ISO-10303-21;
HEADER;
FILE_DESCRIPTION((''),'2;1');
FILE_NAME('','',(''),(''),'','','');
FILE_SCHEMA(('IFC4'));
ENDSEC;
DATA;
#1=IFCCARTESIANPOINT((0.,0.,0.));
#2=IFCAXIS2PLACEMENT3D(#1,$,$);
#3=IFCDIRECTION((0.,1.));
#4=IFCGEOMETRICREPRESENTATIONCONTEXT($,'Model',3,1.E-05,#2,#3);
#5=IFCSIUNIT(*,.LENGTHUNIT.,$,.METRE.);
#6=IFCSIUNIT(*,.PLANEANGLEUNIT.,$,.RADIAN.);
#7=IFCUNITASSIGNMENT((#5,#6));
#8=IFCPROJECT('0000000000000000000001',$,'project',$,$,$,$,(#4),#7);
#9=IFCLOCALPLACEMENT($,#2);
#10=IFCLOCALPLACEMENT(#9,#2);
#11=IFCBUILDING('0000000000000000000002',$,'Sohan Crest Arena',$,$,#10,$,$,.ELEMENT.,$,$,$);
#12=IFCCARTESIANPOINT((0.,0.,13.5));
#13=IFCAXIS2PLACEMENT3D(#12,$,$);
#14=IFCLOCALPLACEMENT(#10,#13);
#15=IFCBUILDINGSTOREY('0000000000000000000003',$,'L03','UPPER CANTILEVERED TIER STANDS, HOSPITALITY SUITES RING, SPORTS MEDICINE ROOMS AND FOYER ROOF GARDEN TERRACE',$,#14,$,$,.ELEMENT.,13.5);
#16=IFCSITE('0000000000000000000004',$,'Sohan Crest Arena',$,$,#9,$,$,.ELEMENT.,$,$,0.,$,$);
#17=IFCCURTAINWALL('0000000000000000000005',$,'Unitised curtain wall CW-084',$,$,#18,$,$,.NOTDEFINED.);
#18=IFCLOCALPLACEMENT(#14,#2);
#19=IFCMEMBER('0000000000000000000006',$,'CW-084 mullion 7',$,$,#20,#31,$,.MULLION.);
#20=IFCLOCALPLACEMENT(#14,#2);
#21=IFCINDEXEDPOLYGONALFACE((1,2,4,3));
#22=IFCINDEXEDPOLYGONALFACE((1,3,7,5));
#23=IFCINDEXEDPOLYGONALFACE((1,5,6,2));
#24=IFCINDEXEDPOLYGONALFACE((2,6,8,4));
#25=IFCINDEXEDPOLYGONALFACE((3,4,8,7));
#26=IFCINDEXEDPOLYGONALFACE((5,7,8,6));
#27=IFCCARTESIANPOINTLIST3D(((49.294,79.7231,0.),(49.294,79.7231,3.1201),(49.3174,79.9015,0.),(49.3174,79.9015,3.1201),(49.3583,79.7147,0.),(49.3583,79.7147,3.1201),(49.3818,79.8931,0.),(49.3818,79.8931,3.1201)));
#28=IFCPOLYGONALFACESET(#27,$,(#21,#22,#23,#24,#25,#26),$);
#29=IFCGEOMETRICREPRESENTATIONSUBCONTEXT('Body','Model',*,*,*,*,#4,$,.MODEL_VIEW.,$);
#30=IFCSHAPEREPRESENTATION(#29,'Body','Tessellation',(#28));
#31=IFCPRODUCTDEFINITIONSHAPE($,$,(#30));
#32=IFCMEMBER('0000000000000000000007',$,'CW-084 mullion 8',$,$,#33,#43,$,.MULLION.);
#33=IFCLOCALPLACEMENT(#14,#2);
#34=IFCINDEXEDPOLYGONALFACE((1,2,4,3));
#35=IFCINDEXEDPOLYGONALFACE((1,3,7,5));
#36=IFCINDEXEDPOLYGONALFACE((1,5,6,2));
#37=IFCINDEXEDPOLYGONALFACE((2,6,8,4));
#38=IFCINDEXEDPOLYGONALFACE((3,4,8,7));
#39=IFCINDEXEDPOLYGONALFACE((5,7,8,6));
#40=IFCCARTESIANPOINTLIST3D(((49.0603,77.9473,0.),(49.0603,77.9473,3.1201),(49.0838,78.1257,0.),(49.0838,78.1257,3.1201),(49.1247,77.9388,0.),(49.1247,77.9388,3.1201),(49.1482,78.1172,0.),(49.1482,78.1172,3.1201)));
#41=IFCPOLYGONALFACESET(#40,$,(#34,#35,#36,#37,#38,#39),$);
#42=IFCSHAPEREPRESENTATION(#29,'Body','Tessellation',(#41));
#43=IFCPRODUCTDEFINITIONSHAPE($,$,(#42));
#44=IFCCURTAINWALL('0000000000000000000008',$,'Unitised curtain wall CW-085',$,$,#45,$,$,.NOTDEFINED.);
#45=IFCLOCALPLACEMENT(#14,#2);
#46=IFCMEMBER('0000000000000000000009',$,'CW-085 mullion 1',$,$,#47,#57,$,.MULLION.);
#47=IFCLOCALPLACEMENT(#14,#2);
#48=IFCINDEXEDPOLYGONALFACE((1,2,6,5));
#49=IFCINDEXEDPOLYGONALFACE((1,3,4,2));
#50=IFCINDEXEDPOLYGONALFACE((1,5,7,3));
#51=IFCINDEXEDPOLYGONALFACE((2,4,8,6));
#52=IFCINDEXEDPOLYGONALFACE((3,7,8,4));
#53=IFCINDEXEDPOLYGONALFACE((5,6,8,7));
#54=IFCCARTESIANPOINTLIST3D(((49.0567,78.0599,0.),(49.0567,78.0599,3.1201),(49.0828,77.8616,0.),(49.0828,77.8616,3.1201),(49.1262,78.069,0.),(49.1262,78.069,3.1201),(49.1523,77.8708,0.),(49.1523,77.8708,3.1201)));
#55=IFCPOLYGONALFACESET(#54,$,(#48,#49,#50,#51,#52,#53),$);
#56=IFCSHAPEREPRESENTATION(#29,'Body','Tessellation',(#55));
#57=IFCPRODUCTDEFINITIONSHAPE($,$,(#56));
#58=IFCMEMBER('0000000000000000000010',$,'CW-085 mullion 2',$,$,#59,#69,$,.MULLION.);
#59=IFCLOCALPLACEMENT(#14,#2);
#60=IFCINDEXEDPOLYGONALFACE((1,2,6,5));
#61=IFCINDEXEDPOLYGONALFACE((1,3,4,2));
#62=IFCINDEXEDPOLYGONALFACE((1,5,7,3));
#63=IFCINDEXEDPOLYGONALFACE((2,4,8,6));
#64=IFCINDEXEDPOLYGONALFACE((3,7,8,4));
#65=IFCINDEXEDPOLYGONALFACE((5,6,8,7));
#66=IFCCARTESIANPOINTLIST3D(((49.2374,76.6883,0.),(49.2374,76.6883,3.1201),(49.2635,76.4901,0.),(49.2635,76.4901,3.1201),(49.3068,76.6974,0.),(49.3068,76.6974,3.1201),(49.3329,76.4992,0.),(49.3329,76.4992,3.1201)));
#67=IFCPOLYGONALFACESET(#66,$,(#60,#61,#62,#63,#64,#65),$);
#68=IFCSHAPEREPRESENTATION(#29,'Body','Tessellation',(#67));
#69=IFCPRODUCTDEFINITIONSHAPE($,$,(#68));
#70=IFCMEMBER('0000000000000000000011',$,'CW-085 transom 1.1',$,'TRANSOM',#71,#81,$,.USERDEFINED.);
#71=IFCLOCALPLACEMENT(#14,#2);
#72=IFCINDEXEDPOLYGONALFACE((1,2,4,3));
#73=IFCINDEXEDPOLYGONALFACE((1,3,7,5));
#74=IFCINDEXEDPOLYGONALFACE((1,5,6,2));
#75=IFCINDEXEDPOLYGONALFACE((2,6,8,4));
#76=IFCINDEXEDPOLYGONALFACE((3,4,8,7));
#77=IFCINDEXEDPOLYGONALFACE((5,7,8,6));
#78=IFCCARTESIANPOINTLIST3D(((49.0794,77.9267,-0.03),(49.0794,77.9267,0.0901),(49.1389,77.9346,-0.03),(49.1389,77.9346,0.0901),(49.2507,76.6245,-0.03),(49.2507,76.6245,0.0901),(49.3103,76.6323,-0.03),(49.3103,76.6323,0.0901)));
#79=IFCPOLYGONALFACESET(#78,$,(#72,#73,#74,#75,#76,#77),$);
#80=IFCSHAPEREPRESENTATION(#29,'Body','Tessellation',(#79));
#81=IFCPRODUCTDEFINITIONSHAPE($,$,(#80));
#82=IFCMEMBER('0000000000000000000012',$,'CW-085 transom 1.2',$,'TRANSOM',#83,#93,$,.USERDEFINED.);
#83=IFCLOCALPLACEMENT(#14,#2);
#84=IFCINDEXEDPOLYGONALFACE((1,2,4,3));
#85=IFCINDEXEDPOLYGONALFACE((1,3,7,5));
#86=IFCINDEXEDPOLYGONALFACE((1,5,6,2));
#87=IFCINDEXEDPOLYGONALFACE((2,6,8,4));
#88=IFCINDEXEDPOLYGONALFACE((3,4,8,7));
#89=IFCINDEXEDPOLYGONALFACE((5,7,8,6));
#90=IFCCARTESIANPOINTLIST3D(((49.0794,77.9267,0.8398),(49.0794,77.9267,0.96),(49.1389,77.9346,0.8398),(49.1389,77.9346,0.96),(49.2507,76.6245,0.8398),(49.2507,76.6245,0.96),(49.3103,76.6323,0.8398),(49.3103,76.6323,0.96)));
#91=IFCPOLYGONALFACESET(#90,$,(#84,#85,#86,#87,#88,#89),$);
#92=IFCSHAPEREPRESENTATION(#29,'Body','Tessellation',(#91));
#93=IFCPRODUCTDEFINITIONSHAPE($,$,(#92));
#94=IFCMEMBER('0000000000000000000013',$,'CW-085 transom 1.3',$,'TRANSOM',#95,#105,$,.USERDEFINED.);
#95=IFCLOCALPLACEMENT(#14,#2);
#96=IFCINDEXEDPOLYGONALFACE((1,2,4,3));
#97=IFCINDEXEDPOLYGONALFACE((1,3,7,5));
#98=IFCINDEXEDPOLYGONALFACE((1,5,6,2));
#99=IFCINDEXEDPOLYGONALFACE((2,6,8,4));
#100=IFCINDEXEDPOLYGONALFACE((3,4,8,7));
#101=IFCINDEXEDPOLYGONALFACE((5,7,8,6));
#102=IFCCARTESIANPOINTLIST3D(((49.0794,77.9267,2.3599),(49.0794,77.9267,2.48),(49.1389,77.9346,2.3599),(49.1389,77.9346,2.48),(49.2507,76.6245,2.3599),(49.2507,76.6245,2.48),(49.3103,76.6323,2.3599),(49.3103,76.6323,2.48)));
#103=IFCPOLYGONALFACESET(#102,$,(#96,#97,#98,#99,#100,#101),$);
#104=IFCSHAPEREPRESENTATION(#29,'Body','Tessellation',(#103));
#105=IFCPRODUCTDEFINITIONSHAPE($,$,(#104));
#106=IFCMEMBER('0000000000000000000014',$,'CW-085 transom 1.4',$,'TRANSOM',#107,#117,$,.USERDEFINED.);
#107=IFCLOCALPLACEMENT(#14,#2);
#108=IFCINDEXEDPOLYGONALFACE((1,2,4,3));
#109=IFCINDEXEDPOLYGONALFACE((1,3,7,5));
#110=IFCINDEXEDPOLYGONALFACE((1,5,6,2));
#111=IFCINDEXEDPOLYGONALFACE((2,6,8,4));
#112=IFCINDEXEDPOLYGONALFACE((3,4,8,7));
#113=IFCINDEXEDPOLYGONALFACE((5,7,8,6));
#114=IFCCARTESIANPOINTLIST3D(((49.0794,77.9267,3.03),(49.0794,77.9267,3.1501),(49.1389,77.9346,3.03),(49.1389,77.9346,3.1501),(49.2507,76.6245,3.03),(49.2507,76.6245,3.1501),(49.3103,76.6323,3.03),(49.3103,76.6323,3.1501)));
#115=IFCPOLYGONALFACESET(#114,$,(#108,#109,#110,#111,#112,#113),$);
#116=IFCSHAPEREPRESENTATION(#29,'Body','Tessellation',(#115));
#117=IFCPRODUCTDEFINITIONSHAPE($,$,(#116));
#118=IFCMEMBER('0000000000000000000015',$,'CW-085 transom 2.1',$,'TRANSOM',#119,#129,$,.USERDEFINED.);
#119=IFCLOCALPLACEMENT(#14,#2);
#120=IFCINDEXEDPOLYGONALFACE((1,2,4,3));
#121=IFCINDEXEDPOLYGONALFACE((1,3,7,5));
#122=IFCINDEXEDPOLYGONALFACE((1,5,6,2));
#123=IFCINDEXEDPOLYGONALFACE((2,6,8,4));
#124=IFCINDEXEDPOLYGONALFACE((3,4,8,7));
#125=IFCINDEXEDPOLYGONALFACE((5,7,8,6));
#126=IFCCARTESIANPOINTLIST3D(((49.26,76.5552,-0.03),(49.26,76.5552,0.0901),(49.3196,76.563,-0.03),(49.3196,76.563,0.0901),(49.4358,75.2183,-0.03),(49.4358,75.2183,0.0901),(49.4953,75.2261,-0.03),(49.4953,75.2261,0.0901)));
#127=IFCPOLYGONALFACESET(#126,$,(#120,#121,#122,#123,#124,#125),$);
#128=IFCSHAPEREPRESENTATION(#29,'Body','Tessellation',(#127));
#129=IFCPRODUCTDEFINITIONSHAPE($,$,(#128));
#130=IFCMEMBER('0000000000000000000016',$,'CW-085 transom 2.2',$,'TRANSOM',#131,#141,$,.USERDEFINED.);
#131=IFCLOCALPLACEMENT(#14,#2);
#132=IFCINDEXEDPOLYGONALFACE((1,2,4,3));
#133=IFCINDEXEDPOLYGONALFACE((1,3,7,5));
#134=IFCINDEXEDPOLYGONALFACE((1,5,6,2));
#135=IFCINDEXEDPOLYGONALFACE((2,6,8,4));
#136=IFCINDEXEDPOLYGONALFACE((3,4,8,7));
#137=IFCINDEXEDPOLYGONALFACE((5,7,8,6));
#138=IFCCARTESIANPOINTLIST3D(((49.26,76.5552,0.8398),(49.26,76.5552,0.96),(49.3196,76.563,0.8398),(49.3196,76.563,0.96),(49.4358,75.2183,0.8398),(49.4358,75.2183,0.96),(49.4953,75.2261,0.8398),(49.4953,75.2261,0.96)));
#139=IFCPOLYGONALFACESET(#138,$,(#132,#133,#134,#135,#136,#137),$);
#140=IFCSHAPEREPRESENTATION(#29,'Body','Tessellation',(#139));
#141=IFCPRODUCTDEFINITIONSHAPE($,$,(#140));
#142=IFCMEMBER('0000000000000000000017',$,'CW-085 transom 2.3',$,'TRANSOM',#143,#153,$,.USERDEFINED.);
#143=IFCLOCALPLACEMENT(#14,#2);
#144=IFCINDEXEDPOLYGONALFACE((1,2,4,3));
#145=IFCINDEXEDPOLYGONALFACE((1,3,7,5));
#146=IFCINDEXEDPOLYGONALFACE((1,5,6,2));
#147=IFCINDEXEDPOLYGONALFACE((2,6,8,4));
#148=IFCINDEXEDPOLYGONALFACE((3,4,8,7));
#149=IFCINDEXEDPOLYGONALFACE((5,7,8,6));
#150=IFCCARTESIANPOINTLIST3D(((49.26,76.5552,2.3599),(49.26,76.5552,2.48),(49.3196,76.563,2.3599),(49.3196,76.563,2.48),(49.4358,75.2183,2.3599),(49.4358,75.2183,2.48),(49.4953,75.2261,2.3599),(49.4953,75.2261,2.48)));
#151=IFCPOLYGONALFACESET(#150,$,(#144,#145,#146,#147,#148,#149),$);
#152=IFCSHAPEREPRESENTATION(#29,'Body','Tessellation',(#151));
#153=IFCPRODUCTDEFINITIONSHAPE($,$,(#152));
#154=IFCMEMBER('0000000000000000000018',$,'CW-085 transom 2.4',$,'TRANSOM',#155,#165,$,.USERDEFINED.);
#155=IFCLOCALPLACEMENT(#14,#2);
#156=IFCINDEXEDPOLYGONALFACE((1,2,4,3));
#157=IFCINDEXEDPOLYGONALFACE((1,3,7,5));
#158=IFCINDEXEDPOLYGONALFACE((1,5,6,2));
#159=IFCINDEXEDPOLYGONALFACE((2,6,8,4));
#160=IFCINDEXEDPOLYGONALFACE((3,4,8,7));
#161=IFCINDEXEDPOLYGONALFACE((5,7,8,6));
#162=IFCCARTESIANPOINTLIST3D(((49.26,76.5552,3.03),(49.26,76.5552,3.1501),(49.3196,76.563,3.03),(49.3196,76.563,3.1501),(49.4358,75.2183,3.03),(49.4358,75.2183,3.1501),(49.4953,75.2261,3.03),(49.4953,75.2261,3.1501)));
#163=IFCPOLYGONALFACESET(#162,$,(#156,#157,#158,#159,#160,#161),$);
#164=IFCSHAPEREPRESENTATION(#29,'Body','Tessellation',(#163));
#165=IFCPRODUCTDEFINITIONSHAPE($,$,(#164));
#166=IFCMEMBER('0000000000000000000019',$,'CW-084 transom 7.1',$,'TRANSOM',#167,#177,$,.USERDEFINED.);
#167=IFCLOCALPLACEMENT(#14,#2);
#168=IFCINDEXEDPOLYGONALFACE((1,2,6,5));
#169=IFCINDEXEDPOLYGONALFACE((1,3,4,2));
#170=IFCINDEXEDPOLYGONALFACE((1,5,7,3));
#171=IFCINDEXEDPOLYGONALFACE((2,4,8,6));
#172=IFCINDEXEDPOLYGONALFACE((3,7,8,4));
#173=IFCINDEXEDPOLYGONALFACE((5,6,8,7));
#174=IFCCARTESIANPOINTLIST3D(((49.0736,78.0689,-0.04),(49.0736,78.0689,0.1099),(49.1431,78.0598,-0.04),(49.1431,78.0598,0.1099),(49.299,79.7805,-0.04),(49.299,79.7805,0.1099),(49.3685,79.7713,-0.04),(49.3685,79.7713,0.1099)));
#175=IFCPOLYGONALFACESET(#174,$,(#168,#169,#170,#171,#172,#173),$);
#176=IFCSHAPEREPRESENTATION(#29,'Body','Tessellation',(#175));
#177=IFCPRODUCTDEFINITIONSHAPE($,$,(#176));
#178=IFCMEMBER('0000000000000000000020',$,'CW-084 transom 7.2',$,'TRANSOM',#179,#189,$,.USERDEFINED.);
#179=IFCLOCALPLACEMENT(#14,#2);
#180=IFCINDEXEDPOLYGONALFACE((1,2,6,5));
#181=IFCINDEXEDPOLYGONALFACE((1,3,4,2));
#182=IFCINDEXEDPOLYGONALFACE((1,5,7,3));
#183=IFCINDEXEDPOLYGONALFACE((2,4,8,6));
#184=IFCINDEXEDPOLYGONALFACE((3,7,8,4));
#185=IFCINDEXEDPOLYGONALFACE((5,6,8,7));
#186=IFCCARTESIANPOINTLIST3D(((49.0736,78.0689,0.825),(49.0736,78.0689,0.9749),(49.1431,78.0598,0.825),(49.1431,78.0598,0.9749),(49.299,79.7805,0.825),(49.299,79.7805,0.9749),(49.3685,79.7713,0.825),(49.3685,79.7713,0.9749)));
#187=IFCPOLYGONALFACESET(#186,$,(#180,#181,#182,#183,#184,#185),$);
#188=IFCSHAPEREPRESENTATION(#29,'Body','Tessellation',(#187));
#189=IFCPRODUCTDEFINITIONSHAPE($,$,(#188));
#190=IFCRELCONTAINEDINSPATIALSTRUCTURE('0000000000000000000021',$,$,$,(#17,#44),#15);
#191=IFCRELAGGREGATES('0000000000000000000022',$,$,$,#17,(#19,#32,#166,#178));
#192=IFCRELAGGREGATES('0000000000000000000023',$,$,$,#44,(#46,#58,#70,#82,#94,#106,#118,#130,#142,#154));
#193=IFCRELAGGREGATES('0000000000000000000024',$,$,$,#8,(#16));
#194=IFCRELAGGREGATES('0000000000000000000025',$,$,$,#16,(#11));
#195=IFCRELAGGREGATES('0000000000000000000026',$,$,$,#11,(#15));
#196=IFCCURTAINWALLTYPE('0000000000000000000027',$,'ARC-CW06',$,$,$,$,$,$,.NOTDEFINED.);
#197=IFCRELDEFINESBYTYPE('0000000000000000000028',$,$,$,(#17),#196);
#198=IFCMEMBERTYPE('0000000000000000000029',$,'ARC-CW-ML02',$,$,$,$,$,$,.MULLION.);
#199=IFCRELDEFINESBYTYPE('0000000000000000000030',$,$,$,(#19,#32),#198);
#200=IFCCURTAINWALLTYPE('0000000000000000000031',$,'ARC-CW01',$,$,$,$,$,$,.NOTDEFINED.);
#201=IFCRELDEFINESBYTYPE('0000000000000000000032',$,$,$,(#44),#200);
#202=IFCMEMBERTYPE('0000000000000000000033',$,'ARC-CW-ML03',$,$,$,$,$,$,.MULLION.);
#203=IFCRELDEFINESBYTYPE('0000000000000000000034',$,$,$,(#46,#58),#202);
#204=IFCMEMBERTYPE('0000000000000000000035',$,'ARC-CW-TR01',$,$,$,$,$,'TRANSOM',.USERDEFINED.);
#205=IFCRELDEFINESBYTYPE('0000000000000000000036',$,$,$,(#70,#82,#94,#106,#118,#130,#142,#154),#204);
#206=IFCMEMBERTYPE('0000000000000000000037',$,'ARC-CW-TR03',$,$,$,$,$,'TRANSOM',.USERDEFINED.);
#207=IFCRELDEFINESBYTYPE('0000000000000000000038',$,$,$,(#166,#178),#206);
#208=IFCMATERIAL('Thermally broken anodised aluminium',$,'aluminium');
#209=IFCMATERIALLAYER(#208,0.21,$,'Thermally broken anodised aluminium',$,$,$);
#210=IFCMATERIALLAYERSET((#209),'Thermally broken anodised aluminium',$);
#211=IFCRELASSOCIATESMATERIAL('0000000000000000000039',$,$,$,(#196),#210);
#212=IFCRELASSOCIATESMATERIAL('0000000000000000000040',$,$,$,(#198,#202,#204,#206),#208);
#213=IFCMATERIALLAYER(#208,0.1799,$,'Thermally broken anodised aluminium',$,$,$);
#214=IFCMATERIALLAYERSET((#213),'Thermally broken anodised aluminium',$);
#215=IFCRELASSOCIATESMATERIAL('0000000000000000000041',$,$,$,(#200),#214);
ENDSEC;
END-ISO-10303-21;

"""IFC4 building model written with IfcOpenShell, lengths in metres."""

from ifc_helpers import new_model, si_unit, direction, frame, origin, origin_2d, place, context, subcontext, project, spatial, rectangle, extrude, material, layer, layer_set, material_profile, profile_set, type_object, element, aggregate, save


model = new_model("IFC4")

# Units and contexts
model_context = context("Model", 3, precision=1e-05, world=origin(), true_north=direction((0.0, 1.0)))
body_context = subcontext(model_context, "Body", "Model", "MODEL_VIEW")
ifc_project = project(units=[si_unit("LENGTHUNIT", "METRE"), si_unit("PLANEANGLEUNIT", "RADIAN")], contexts=[model_context])

# Site, building, storey
site_placement = place(None, origin())
site = spatial("IfcSite", under=ifc_project, at=site_placement, Name="Sohan Crest Arena", CompositionType="ELEMENT", RefElevation=0.0)
building_placement = place(site_placement, origin())
building = spatial("IfcBuilding", under=site, at=building_placement, Name="Sohan Crest Arena", CompositionType="ELEMENT")
storey_placement = place(building_placement, frame((0.0, 0.0, 13.5)))
storey = spatial("IfcBuildingStorey", under=building, at=storey_placement, Name="L03", Description="UPPER CANTILEVERED TIER STANDS, HOSPITALITY SUITES RING, SPORTS MEDICINE ROOMS AND FOYER ROOF GARDEN TERRACE", CompositionType="ELEMENT", Elevation=13.5)

# Curtain walls, members
ifc_material_1 = material(Name="Thermally broken anodised aluminium", Category="aluminium")
ifc_layer_1 = layer(ifc_material_1, 0.21, Name="Thermally broken anodised aluminium")
ifc_layer_set_1 = layer_set([ifc_layer_1], Name="Thermally broken anodised aluminium")
curtain_wall_type_1 = type_object("IfcCurtainWallType", Name="ARC-CW06", PredefinedType="NOTDEFINED", material=ifc_layer_set_1)
curtain_wall_1_placement = place(storey_placement, origin())
curtain_wall_1 = element("IfcCurtainWall", 1, at=curtain_wall_1_placement, inside=storey, type_object=curtain_wall_type_1, Name="Unitised curtain wall CW-084", PredefinedType="NOTDEFINED")
ifc_material_profile_1 = material_profile(ifc_material_1, rectangle(XDim=0.0649, YDim=0.1799, at=origin_2d()), Name="ALU-MULL 65x180")
ifc_profile_set_1 = profile_set([ifc_material_profile_1], Name="Thermally broken anodised aluminium")
member_type_1 = type_object("IfcMemberType", Name="ARC-CW-ML02", PredefinedType="MULLION", material=ifc_profile_set_1)
member_1_placement = place(storey_placement, frame((49.3379, 79.8081, 0.0), z_axis=(0.0, 0.0, 1.0), x_axis=(0.991447, -0.130511, 0.0)))
member_1 = element("IfcMember", 2, at=member_1_placement, type_object=member_type_1, Name="CW-084 mullion 7", PredefinedType="MULLION", context=body_context, shape_type="SweptSolid", body=[
    extrude(rectangle(XDim=0.0649, YDim=0.1799, at=origin_2d()), origin(), (0.0, 0.0, 1.0), 3.1201),
])
member_2_placement = place(storey_placement, frame((49.1042, 78.0322, 0.0), z_axis=(0.0, 0.0, 1.0), x_axis=(0.991447, -0.130511, 0.0)))
member_2 = element("IfcMember", 3, at=member_2_placement, type_object=member_type_1, Name="CW-084 mullion 8", PredefinedType="MULLION", context=body_context, shape_type="SweptSolid", body=[
    extrude(rectangle(XDim=0.0649, YDim=0.1799, at=origin_2d()), origin(), (0.0, 0.0, 1.0), 3.1201),
])
ifc_layer_2 = layer(ifc_material_1, 0.1799, Name="Thermally broken anodised aluminium")
ifc_layer_set_2 = layer_set([ifc_layer_2], Name="Thermally broken anodised aluminium")
curtain_wall_type_2 = type_object("IfcCurtainWallType", Name="ARC-CW01", PredefinedType="NOTDEFINED", material=ifc_layer_set_2)
curtain_wall_2_placement = place(storey_placement, origin())
curtain_wall_2 = element("IfcCurtainWall", 4, at=curtain_wall_2_placement, inside=storey, type_object=curtain_wall_type_2, Name="Unitised curtain wall CW-085", PredefinedType="NOTDEFINED")
ifc_material_profile_2 = material_profile(ifc_material_1, rectangle(XDim=0.0701, YDim=0.2, at=origin_2d()), Name="ALU-MULL 70x200")
ifc_profile_set_2 = profile_set([ifc_material_profile_2], Name="Thermally broken anodised aluminium")
member_type_2 = type_object("IfcMemberType", Name="ARC-CW-ML03", PredefinedType="MULLION", material=ifc_profile_set_2)
member_3_placement = place(storey_placement, frame((49.1045, 77.9653, 0.0), z_axis=(0.0, 0.0, 1.0), x_axis=(0.991447, 0.130511, 0.0)))
member_3 = element("IfcMember", 5, at=member_3_placement, type_object=member_type_2, Name="CW-085 mullion 1", PredefinedType="MULLION", context=body_context, shape_type="SweptSolid", body=[
    extrude(rectangle(XDim=0.0701, YDim=0.2, at=origin_2d()), origin(), (0.0, 0.0, 1.0), 3.1201),
])
member_4_placement = place(storey_placement, frame((49.2852, 76.5938, 0.0), z_axis=(0.0, 0.0, 1.0), x_axis=(0.991447, 0.130511, 0.0)))
member_4 = element("IfcMember", 6, at=member_4_placement, type_object=member_type_2, Name="CW-085 mullion 2", PredefinedType="MULLION", context=body_context, shape_type="SweptSolid", body=[
    extrude(rectangle(XDim=0.0701, YDim=0.2, at=origin_2d()), origin(), (0.0, 0.0, 1.0), 3.1201),
])
ifc_material_profile_3 = material_profile(ifc_material_1, rectangle(XDim=0.0601, YDim=0.1201, at=origin_2d()), Name="ALU-TRAN 60x120")
ifc_profile_set_3 = profile_set([ifc_material_profile_3], Name="Thermally broken anodised aluminium")
member_type_3 = type_object("IfcMemberType", Name="ARC-CW-TR01", ElementType="TRANSOM", PredefinedType="USERDEFINED", material=ifc_profile_set_3)
member_5_placement = place(storey_placement, frame((49.1091, 77.9307, 0.03), z_axis=(0.130483, -0.99145, 0.0), x_axis=(0.99145, 0.130483, 0.0)))
member_5 = element("IfcMember", 7, at=member_5_placement, type_object=member_type_3, Name="CW-085 transom 1.1", ObjectType="TRANSOM", PredefinedType="USERDEFINED", context=body_context, shape_type="SweptSolid", body=[
    extrude(rectangle(XDim=0.0601, YDim=0.1201, at=origin_2d()), origin(), (0.0, 0.0, 1.0), 1.3135),
])
member_6_placement = place(storey_placement, frame((49.1091, 77.9307, 0.8999), z_axis=(0.130483, -0.99145, 0.0), x_axis=(0.99145, 0.130483, 0.0)))
member_6 = element("IfcMember", 8, at=member_6_placement, type_object=member_type_3, Name="CW-085 transom 1.2", ObjectType="TRANSOM", PredefinedType="USERDEFINED", context=body_context, shape_type="SweptSolid", body=[
    extrude(rectangle(XDim=0.0601, YDim=0.1201, at=origin_2d()), origin(), (0.0, 0.0, 1.0), 1.3135),
])
member_7_placement = place(storey_placement, frame((49.1091, 77.9307, 2.4199), z_axis=(0.130483, -0.99145, 0.0), x_axis=(0.99145, 0.130483, 0.0)))
member_7 = element("IfcMember", 9, at=member_7_placement, type_object=member_type_3, Name="CW-085 transom 1.3", ObjectType="TRANSOM", PredefinedType="USERDEFINED", context=body_context, shape_type="SweptSolid", body=[
    extrude(rectangle(XDim=0.0601, YDim=0.1201, at=origin_2d()), origin(), (0.0, 0.0, 1.0), 1.3135),
])
member_8_placement = place(storey_placement, frame((49.1091, 77.9307, 3.0901), z_axis=(0.130483, -0.99145, 0.0), x_axis=(0.99145, 0.130483, 0.0)))
member_8 = element("IfcMember", 10, at=member_8_placement, type_object=member_type_3, Name="CW-085 transom 1.4", ObjectType="TRANSOM", PredefinedType="USERDEFINED", context=body_context, shape_type="SweptSolid", body=[
    extrude(rectangle(XDim=0.0601, YDim=0.1201, at=origin_2d()), origin(), (0.0, 0.0, 1.0), 1.3135),
])
member_9_placement = place(storey_placement, frame((49.2898, 76.5591, 0.03), z_axis=(0.130361, -0.991467, 0.0), x_axis=(0.991467, 0.130361, 0.0)))
member_9 = element("IfcMember", 11, at=member_9_placement, type_object=member_type_3, Name="CW-085 transom 2.1", ObjectType="TRANSOM", PredefinedType="USERDEFINED", context=body_context, shape_type="SweptSolid", body=[
    extrude(rectangle(XDim=0.0601, YDim=0.1201, at=origin_2d()), origin(), (0.0, 0.0, 1.0), 1.3484),
])
member_10_placement = place(storey_placement, frame((49.2898, 76.5591, 0.8999), z_axis=(0.130361, -0.991467, 0.0), x_axis=(0.991467, 0.130361, 0.0)))
member_10 = element("IfcMember", 12, at=member_10_placement, type_object=member_type_3, Name="CW-085 transom 2.2", ObjectType="TRANSOM", PredefinedType="USERDEFINED", context=body_context, shape_type="SweptSolid", body=[
    extrude(rectangle(XDim=0.0601, YDim=0.1201, at=origin_2d()), origin(), (0.0, 0.0, 1.0), 1.3484),
])
member_11_placement = place(storey_placement, frame((49.2898, 76.5591, 2.4199), z_axis=(0.130361, -0.991467, 0.0), x_axis=(0.991467, 0.130361, 0.0)))
member_11 = element("IfcMember", 13, at=member_11_placement, type_object=member_type_3, Name="CW-085 transom 2.3", ObjectType="TRANSOM", PredefinedType="USERDEFINED", context=body_context, shape_type="SweptSolid", body=[
    extrude(rectangle(XDim=0.0601, YDim=0.1201, at=origin_2d()), origin(), (0.0, 0.0, 1.0), 1.3484),
])
member_12_placement = place(storey_placement, frame((49.2898, 76.5591, 3.0901), z_axis=(0.130361, -0.991467, 0.0), x_axis=(0.991467, 0.130361, 0.0)))
member_12 = element("IfcMember", 14, at=member_12_placement, type_object=member_type_3, Name="CW-085 transom 2.4", ObjectType="TRANSOM", PredefinedType="USERDEFINED", context=body_context, shape_type="SweptSolid", body=[
    extrude(rectangle(XDim=0.0601, YDim=0.1201, at=origin_2d()), origin(), (0.0, 0.0, 1.0), 1.3484),
])

# Members
ifc_material_profile_4 = material_profile(ifc_material_1, rectangle(XDim=0.0701, YDim=0.1499, at=origin_2d()), Name="ALU-TRAN 70x150")
ifc_profile_set_4 = profile_set([ifc_material_profile_4], Name="Thermally broken anodised aluminium")
member_type_4 = type_object("IfcMemberType", Name="ARC-CW-TR03", ElementType="TRANSOM", PredefinedType="USERDEFINED", material=ifc_profile_set_4)
member_13_placement = place(storey_placement, frame((49.3337, 79.7759, 0.0349), z_axis=(-0.130542, -0.991443, 0.0), x_axis=(0.991443, -0.130542, 0.0)))
member_13 = element("IfcMember", 15, at=member_13_placement, type_object=member_type_4, Name="CW-084 transom 7.1", ObjectType="TRANSOM", PredefinedType="USERDEFINED", context=body_context, shape_type="SweptSolid", body=[
    extrude(rectangle(XDim=0.0701, YDim=0.1499, at=origin_2d()), origin(), (0.0, 0.0, 1.0), 1.7263),
])
member_14_placement = place(storey_placement, frame((49.3337, 79.7759, 0.8999), z_axis=(-0.130542, -0.991443, 0.0), x_axis=(0.991443, -0.130542, 0.0)))
member_14 = element("IfcMember", 16, at=member_14_placement, type_object=member_type_4, Name="CW-084 transom 7.2", ObjectType="TRANSOM", PredefinedType="USERDEFINED", context=body_context, shape_type="SweptSolid", body=[
    extrude(rectangle(XDim=0.0701, YDim=0.1499, at=origin_2d()), origin(), (0.0, 0.0, 1.0), 1.7263),
])

aggregate(curtain_wall_1, [member_1, member_2, member_13, member_14])
aggregate(curtain_wall_2, [member_3, member_4, member_5, member_6, member_7, member_8, member_9, member_10, member_11, member_12])

save(model, "model.ifc")
